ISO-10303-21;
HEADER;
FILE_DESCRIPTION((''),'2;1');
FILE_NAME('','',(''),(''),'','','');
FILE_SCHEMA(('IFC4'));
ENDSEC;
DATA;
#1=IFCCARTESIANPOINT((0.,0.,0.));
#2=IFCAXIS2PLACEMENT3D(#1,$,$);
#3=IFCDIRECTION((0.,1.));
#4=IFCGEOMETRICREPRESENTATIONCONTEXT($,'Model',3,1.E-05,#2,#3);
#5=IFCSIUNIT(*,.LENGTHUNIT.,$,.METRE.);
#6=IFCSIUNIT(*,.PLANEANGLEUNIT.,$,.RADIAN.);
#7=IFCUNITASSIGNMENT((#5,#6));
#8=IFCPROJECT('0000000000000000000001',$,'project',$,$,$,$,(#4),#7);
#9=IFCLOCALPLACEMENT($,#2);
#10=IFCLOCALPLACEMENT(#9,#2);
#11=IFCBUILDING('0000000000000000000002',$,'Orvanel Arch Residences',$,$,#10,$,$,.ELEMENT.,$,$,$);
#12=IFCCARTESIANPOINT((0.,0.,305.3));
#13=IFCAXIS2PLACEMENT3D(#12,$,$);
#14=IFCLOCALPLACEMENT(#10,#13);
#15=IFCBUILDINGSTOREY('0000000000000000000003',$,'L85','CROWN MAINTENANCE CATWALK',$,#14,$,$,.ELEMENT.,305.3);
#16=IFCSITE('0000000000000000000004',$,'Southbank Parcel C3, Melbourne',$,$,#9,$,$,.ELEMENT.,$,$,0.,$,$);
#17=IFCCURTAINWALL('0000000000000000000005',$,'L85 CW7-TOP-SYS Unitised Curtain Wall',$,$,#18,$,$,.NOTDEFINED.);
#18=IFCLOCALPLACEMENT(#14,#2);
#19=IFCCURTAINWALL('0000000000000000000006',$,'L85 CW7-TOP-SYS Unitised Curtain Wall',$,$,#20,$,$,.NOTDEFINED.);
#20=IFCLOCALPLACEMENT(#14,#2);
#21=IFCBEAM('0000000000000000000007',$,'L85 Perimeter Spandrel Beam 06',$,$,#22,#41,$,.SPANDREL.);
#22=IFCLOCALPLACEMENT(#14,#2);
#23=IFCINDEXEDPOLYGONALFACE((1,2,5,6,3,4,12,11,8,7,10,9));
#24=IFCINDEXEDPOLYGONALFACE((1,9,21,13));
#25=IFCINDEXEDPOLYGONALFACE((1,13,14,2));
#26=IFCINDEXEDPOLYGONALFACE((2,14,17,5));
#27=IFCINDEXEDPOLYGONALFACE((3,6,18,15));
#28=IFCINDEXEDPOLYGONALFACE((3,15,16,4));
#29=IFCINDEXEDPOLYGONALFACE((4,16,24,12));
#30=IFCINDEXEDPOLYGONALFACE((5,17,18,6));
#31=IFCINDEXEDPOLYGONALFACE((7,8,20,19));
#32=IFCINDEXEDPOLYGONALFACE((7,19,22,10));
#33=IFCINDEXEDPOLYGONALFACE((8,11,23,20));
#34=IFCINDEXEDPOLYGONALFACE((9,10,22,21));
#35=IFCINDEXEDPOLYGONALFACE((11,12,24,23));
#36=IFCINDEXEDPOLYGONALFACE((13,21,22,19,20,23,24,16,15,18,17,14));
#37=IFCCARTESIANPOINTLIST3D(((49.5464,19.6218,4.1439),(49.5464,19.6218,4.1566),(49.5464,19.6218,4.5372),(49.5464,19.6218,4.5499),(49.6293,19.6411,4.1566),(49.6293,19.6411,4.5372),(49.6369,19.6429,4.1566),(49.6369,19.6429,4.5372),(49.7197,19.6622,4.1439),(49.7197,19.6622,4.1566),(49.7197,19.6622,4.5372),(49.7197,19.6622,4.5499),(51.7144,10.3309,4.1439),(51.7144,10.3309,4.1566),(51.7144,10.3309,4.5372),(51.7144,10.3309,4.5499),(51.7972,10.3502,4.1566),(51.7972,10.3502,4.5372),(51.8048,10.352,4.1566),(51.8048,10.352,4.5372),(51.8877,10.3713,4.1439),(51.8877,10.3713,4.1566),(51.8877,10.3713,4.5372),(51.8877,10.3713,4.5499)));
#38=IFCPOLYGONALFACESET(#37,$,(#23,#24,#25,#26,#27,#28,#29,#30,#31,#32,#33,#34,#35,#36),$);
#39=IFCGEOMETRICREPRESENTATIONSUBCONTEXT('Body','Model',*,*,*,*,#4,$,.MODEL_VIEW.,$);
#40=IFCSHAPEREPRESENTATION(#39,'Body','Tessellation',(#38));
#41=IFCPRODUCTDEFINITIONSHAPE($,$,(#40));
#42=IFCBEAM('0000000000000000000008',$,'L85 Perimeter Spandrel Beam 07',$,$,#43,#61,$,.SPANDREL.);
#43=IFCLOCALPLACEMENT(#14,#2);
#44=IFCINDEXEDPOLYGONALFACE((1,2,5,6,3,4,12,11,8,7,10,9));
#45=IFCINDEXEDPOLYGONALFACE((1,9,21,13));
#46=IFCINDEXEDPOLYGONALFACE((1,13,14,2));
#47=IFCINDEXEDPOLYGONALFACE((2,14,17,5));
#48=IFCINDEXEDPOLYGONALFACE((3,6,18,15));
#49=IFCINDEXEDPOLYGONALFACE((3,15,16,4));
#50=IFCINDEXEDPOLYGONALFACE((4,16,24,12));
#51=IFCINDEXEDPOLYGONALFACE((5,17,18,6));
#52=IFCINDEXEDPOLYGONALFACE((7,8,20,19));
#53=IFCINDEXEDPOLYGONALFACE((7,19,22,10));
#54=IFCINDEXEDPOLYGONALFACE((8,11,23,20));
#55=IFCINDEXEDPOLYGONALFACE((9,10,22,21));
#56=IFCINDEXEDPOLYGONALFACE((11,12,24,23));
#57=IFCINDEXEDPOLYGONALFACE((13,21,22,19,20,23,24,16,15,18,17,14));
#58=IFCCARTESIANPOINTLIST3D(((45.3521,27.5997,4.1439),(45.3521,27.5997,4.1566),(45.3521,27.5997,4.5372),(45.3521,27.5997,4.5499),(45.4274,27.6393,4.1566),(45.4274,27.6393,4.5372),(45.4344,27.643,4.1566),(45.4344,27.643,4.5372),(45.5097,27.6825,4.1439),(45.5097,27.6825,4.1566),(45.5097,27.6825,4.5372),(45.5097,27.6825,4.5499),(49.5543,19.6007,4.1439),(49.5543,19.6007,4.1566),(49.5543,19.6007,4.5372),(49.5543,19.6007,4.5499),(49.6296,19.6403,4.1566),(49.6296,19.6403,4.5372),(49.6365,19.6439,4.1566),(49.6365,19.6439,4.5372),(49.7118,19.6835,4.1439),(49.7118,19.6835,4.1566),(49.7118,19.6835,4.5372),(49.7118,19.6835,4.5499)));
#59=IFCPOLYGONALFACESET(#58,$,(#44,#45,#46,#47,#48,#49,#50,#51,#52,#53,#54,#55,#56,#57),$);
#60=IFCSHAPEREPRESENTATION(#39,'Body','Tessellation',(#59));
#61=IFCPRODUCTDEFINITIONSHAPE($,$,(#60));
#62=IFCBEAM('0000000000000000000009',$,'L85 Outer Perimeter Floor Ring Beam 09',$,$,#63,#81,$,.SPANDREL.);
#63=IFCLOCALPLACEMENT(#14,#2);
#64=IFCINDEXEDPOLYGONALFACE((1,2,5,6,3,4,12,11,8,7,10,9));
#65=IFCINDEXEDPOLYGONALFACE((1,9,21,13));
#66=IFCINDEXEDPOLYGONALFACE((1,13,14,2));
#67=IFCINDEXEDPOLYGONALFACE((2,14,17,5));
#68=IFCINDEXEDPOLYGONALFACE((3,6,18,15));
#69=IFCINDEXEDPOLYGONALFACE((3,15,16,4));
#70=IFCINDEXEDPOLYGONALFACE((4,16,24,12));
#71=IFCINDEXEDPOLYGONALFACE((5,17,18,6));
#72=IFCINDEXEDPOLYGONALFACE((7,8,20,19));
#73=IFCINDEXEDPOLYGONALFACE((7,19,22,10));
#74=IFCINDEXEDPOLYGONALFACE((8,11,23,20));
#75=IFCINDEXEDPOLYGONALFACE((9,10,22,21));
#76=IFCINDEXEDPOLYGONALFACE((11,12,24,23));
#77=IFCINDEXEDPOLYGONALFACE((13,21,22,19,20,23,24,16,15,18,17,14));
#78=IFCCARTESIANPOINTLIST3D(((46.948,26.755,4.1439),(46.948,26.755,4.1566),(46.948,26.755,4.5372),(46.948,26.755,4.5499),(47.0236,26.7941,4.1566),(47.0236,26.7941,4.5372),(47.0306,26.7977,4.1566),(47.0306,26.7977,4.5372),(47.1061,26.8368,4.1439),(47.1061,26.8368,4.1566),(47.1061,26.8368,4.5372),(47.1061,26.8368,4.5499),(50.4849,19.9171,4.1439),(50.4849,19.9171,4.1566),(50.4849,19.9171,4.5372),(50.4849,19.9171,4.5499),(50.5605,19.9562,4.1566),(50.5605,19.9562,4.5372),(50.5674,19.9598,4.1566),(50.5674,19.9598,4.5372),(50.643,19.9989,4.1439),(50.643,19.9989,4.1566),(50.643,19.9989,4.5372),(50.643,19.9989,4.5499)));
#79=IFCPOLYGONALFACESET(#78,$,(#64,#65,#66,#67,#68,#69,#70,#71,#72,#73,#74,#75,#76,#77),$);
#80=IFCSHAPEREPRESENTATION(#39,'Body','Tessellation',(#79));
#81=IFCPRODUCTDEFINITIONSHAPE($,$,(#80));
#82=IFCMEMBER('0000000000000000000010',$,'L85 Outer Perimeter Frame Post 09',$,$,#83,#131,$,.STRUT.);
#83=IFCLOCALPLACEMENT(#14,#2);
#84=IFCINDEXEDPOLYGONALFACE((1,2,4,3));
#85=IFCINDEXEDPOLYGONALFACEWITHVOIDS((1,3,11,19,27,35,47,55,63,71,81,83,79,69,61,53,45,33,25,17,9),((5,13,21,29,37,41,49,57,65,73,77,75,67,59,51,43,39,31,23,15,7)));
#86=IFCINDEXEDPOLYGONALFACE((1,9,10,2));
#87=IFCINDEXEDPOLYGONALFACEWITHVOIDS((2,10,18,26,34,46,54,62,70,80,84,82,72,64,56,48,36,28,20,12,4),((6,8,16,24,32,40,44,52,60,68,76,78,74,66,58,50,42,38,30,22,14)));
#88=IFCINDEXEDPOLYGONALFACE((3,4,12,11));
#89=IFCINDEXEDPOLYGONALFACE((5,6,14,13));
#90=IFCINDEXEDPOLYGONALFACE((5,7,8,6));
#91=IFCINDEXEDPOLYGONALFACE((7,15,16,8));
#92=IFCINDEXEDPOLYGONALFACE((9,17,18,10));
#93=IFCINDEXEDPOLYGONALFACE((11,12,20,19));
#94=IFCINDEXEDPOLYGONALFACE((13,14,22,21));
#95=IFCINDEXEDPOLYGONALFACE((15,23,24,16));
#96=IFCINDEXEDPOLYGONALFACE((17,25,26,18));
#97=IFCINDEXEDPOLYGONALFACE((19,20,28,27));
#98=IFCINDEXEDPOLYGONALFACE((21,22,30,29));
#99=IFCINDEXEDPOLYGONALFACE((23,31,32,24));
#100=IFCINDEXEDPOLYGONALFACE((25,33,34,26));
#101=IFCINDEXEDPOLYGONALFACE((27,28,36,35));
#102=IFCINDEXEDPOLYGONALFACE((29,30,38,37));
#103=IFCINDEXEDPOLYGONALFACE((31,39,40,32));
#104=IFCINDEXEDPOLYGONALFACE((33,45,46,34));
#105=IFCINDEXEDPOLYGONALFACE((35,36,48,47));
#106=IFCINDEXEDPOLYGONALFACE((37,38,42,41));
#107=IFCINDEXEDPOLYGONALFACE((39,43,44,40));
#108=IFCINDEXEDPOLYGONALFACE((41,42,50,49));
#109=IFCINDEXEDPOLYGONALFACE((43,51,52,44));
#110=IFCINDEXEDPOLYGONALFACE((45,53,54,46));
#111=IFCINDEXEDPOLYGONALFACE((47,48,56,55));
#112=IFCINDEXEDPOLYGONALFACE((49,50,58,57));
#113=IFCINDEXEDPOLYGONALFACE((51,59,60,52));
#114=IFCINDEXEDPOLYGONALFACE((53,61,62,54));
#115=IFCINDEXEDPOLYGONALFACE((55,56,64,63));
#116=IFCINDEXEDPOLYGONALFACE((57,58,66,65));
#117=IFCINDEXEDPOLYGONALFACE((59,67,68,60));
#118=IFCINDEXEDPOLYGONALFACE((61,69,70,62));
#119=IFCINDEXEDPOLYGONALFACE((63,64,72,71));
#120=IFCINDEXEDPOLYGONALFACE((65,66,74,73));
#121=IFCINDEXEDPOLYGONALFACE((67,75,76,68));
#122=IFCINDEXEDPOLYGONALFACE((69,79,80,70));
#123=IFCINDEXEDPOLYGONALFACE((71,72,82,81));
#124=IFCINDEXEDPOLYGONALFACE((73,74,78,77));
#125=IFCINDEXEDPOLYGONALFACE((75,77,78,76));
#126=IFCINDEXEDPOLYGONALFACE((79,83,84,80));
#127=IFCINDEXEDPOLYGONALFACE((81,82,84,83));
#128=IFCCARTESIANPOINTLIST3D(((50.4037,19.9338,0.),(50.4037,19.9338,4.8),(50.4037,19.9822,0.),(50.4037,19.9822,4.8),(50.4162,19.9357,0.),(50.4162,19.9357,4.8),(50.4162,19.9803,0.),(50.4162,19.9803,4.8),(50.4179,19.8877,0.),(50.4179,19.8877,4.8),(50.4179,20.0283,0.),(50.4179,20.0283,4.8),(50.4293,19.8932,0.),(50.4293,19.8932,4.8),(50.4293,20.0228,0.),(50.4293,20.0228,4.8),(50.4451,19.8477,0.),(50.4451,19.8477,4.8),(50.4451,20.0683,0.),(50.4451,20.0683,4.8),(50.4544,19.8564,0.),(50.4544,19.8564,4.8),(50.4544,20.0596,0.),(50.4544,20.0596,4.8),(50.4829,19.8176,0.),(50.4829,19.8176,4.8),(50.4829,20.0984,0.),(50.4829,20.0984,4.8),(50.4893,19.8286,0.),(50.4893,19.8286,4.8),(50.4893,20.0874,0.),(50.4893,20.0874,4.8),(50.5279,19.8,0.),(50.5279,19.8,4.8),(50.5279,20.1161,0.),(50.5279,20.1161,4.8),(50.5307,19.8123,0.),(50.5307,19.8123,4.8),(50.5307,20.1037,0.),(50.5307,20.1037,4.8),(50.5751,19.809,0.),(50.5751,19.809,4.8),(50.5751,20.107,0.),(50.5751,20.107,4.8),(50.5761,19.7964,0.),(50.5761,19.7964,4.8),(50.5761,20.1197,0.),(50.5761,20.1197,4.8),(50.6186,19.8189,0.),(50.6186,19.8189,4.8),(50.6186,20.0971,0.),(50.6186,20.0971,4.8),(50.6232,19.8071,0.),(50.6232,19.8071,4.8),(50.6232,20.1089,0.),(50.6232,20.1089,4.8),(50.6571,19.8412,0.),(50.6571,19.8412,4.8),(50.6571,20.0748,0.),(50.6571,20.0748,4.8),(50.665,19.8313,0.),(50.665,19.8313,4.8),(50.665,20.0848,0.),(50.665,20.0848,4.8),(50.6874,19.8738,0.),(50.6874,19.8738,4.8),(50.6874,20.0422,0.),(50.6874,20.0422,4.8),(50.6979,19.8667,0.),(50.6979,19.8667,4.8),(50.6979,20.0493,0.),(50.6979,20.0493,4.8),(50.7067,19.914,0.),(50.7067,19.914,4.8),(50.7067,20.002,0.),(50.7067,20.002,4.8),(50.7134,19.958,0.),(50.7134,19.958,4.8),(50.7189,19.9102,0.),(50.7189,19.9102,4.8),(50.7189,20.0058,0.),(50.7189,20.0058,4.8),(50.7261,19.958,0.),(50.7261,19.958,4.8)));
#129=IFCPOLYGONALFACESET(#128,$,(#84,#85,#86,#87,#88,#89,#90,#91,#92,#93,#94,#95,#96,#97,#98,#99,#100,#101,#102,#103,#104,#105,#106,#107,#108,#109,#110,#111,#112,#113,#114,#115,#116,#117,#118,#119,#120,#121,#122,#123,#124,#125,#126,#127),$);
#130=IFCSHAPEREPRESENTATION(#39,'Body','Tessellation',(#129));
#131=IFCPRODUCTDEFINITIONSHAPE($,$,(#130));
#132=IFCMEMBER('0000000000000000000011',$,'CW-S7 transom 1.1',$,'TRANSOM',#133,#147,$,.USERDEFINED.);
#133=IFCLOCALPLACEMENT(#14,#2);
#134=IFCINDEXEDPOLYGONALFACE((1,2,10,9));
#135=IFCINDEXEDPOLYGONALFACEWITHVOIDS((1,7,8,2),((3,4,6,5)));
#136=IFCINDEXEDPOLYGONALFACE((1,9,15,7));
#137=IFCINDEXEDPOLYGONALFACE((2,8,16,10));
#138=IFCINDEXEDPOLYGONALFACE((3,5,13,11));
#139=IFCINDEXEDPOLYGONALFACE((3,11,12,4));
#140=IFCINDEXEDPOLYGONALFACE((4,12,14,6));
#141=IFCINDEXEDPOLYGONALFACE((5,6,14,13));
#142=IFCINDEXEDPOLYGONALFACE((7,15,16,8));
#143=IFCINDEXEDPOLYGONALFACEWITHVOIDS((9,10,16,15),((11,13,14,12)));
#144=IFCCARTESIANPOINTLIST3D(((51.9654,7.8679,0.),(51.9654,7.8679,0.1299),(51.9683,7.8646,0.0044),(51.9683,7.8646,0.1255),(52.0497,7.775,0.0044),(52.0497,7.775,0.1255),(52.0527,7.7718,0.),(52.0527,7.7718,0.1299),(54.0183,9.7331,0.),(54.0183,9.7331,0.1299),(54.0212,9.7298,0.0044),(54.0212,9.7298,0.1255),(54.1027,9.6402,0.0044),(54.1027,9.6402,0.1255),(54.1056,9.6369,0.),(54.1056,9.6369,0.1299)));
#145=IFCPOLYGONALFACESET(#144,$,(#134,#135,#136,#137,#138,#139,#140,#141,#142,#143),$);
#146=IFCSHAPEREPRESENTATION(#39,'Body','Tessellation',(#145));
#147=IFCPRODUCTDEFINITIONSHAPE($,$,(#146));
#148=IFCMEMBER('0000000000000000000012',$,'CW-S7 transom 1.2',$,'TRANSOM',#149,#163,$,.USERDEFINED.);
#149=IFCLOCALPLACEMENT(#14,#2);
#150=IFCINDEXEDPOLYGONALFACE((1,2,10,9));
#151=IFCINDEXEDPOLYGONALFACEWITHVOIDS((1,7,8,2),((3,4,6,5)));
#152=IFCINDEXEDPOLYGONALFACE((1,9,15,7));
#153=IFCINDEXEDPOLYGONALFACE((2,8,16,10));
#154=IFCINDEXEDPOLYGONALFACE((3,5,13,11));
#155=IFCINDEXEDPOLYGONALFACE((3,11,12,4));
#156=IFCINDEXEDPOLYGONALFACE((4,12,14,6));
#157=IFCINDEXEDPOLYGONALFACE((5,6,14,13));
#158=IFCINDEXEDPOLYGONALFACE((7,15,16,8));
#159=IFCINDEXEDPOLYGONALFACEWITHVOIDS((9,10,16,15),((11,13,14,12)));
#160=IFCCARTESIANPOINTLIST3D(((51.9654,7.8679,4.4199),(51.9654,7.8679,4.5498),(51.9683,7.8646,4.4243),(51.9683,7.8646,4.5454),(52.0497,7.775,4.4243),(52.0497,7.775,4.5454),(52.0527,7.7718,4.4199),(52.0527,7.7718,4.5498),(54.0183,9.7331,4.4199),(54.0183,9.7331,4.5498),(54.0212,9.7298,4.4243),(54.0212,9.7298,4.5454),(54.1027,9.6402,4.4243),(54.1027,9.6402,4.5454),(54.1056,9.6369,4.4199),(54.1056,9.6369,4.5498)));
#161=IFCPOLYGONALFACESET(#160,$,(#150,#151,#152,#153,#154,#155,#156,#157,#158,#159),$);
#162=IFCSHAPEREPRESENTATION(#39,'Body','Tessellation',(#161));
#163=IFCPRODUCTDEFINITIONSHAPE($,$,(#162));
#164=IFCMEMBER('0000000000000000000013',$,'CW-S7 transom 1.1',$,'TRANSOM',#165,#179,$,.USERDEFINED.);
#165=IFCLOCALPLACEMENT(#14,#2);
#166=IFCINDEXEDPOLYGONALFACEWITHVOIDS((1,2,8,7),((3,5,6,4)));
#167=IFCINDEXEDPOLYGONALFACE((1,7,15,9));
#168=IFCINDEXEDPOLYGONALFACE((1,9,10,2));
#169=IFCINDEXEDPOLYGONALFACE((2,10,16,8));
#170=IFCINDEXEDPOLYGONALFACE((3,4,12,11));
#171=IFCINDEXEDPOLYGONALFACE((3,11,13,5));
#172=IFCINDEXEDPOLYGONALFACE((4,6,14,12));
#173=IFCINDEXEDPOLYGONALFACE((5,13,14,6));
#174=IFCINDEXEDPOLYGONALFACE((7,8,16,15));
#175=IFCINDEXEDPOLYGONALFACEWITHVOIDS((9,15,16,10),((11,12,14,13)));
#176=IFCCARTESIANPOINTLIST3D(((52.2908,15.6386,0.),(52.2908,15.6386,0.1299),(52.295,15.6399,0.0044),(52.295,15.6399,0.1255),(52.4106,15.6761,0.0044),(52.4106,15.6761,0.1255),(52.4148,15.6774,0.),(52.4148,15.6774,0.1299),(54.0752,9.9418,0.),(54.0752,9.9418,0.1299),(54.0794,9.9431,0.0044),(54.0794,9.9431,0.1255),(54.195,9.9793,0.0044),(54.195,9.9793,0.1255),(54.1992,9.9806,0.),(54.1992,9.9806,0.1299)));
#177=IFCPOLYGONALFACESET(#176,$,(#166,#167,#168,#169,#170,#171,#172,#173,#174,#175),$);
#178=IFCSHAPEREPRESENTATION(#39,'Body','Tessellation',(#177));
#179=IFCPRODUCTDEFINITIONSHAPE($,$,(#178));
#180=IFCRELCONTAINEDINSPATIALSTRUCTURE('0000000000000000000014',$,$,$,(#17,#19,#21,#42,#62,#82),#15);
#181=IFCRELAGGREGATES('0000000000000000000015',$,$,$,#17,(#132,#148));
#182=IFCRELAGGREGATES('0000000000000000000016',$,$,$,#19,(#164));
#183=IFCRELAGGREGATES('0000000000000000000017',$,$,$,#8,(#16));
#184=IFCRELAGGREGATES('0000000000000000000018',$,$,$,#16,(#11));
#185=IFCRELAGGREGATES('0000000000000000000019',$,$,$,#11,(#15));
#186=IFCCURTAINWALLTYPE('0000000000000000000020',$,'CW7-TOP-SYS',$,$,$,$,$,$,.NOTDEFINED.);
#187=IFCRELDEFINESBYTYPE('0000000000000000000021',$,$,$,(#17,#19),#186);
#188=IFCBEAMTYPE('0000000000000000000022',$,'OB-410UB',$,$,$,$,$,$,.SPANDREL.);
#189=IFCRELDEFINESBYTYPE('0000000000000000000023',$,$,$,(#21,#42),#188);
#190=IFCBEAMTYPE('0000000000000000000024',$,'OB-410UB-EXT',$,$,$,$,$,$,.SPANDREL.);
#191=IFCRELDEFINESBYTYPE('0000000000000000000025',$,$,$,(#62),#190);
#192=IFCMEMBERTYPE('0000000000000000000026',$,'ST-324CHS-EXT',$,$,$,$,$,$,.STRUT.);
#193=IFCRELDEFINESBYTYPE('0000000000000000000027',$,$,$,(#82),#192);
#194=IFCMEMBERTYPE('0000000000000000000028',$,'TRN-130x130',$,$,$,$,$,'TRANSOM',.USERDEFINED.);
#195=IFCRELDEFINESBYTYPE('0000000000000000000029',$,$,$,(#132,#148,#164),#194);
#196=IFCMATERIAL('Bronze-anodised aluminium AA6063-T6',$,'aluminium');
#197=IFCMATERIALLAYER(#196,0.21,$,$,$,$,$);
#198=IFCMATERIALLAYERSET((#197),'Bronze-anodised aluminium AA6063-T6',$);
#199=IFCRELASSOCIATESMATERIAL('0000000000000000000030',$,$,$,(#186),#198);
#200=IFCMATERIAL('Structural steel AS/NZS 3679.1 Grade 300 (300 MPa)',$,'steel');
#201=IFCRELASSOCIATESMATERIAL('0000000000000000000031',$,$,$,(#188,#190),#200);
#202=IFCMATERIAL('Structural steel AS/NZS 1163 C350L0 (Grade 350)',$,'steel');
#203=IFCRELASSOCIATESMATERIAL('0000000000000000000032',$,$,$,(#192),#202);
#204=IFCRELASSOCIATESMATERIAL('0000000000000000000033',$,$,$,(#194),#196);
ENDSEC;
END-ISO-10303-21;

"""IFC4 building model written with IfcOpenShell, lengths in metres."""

from ifc_helpers import new_model, si_unit, direction, frame, origin, origin_2d, place, context, subcontext, project, spatial, hollow_rectangle, hollow_circle, i_section, extrude, material, layer, layer_set, material_profile, profile_set, type_object, element, aggregate, save


model = new_model("IFC4")

# Units and contexts
model_context = context("Model", 3, precision=1e-05, world=origin(), true_north=direction((0.0, 1.0)))
body_context = subcontext(model_context, "Body", "Model", "MODEL_VIEW")
ifc_project = project(units=[si_unit("LENGTHUNIT", "METRE"), si_unit("PLANEANGLEUNIT", "RADIAN")], contexts=[model_context])

# Site, building, storey
site_placement = place(None, origin())
site = spatial("IfcSite", under=ifc_project, at=site_placement, Name="Southbank Parcel C3, Melbourne", CompositionType="ELEMENT", RefElevation=0.0)
building_placement = place(site_placement, origin())
building = spatial("IfcBuilding", under=site, at=building_placement, Name="Orvanel Arch Residences", CompositionType="ELEMENT")
storey_placement = place(building_placement, frame((0.0, 0.0, 305.3)))
storey = spatial("IfcBuildingStorey", under=building, at=storey_placement, Name="L85", Description="CROWN MAINTENANCE CATWALK", CompositionType="ELEMENT", Elevation=305.3)

# Curtain walls
ifc_material_1 = material(Name="Bronze-anodised aluminium AA6063-T6", Category="aluminium")
ifc_layer_1 = layer(ifc_material_1, 0.21)
ifc_layer_set_1 = layer_set([ifc_layer_1], Name="Bronze-anodised aluminium AA6063-T6")
curtain_wall_type = type_object("IfcCurtainWallType", Name="CW7-TOP-SYS", PredefinedType="NOTDEFINED", material=ifc_layer_set_1)
curtain_wall_1_placement = place(storey_placement, origin())
curtain_wall_1 = element("IfcCurtainWall", 1, at=curtain_wall_1_placement, inside=storey, type_object=curtain_wall_type, Name="L85 CW7-TOP-SYS Unitised Curtain Wall", PredefinedType="NOTDEFINED")
curtain_wall_2_placement = place(storey_placement, origin())
curtain_wall_2 = element("IfcCurtainWall", 2, at=curtain_wall_2_placement, inside=storey, type_object=curtain_wall_type, Name="L85 CW7-TOP-SYS Unitised Curtain Wall", PredefinedType="NOTDEFINED")

# Beams
ifc_material_2 = material(Name="Structural steel AS/NZS 3679.1 Grade 300 (300 MPa)", Category="steel")
ifc_material_profile_1 = material_profile(ifc_material_2, i_section(OverallWidth=0.178, OverallDepth=0.406, WebThickness=0.0078, FlangeThickness=0.0127, at=origin_2d()), Name="410UB59.7")
ifc_profile_set_1 = profile_set([ifc_material_profile_1], Name="Structural steel AS/NZS 3679.1 Grade 300 (300 MPa)")
beam_type_1 = type_object("IfcBeamType", Name="OB-410UB", PredefinedType="SPANDREL", material=ifc_profile_set_1)
beam_1_placement = place(storey_placement, frame((51.801, 10.3511, 4.3469), z_axis=(-0.227236, 0.97384, 0.0), x_axis=(-0.97384, -0.227236, 0.0)))
element("IfcBeam", 3, at=beam_1_placement, inside=storey, type_object=beam_type_1, Name="L85 Perimeter Spandrel Beam 06", PredefinedType="SPANDREL", context=body_context, shape_type="SweptSolid", body=[
    extrude(i_section(OverallWidth=0.178, OverallDepth=0.406, WebThickness=0.0078, FlangeThickness=0.0127, at=origin_2d()), origin(), (0.0, 0.0, 1.0), 9.5405),
])
beam_2_placement = place(storey_placement, frame((49.6331, 19.6421, 4.3469), z_axis=(-0.465065, 0.885277, 0.0), x_axis=(-0.885277, -0.465065, 0.0)))
element("IfcBeam", 4, at=beam_2_placement, inside=storey, type_object=beam_type_1, Name="L85 Perimeter Spandrel Beam 07", PredefinedType="SPANDREL", context=body_context, shape_type="SweptSolid", body=[
    extrude(i_section(OverallWidth=0.178, OverallDepth=0.406, WebThickness=0.0078, FlangeThickness=0.0127, at=origin_2d()), origin(), (0.0, 0.0, 1.0), 9.0356),
])
ifc_material_profile_2 = material_profile(ifc_material_2, i_section(OverallWidth=0.178, OverallDepth=0.406, WebThickness=0.0078, FlangeThickness=0.0127, at=origin_2d()), Name="410UB59.7")
ifc_profile_set_2 = profile_set([ifc_material_profile_2], Name="Structural steel AS/NZS 3679.1 Grade 300 (300 MPa)")
beam_type_2 = type_object("IfcBeamType", Name="OB-410UB-EXT", PredefinedType="SPANDREL", material=ifc_profile_set_2)
beam_3_placement = place(storey_placement, frame((50.564, 19.958, 4.3469), z_axis=(-0.459426, 0.888216, 0.0), x_axis=(-0.888216, -0.459426, 0.0)))
element("IfcBeam", 5, at=beam_3_placement, inside=storey, type_object=beam_type_2, Name="L85 Outer Perimeter Floor Ring Beam 09", PredefinedType="SPANDREL", context=body_context, shape_type="SweptSolid", body=[
    extrude(i_section(OverallWidth=0.178, OverallDepth=0.406, WebThickness=0.0078, FlangeThickness=0.0127, at=origin_2d()), origin(), (0.0, 0.0, 1.0), 7.6985),
])

# Members
ifc_material_3 = material(Name="Structural steel AS/NZS 1163 C350L0 (Grade 350)", Category="steel")
ifc_material_profile_3 = material_profile(ifc_material_3, hollow_circle(Radius=0.1621, WallThickness=0.0127, at=origin_2d()), Name="CHS324x12.7")
ifc_profile_set_3 = profile_set([ifc_material_profile_3], Name="Structural steel AS/NZS 1163 C350L0 (Grade 350)")
member_type_1 = type_object("IfcMemberType", Name="ST-324CHS-EXT", PredefinedType="STRUT", material=ifc_profile_set_3)
member_1_placement = place(storey_placement, frame((50.564, 19.958, 0.0), z_axis=(0.0, 0.0, 1.0), x_axis=(1.0, 0.0, 0.0)))
element("IfcMember", 6, at=member_1_placement, inside=storey, type_object=member_type_1, Name="L85 Outer Perimeter Frame Post 09", PredefinedType="STRUT", context=body_context, shape_type="SweptSolid", body=[
    extrude(hollow_circle(Radius=0.1621, WallThickness=0.0127, at=origin_2d()), origin(), (0.0, 0.0, 1.0), 4.8),
])
ifc_material_profile_4 = material_profile(ifc_material_1, hollow_rectangle(XDim=0.1299, YDim=0.1299, WallThickness=0.0044, at=origin_2d()), Name="ALU130x130x4.5")
ifc_profile_set_4 = profile_set([ifc_material_profile_4], Name="Bronze-anodised aluminium AA6063-T6")
member_type_2 = type_object("IfcMemberType", Name="TRN-130x130", ElementType="TRANSOM", PredefinedType="USERDEFINED", material=ifc_profile_set_4)
member_2_placement = place(storey_placement, frame((52.009, 7.8198, 0.0649), z_axis=(0.740139, 0.672454, 0.0), x_axis=(-0.672454, 0.740139, 0.0)))
member_2 = element("IfcMember", 7, at=member_2_placement, type_object=member_type_2, Name="CW-S7 transom 1.1", ObjectType="TRANSOM", PredefinedType="USERDEFINED", context=body_context, shape_type="SweptSolid", body=[
    extrude(hollow_rectangle(XDim=0.1299, YDim=0.1299, WallThickness=0.0044, at=origin_2d()), origin(), (0.0, 0.0, 1.0), 2.7737),
])
member_3_placement = place(storey_placement, frame((52.009, 7.8198, 4.4849), z_axis=(0.740139, 0.672454, 0.0), x_axis=(-0.672454, 0.740139, 0.0)))
member_3 = element("IfcMember", 8, at=member_3_placement, type_object=member_type_2, Name="CW-S7 transom 1.2", ObjectType="TRANSOM", PredefinedType="USERDEFINED", context=body_context, shape_type="SweptSolid", body=[
    extrude(hollow_rectangle(XDim=0.1299, YDim=0.1299, WallThickness=0.0044, at=origin_2d()), origin(), (0.0, 0.0, 1.0), 2.7737),
])
member_4_placement = place(storey_placement, frame((54.1372, 9.9612, 0.0649), z_axis=(-0.298913, 0.95428, 0.0), x_axis=(-0.95428, -0.298913, 0.0)))
member_4 = element("IfcMember", 9, at=member_4_placement, type_object=member_type_2, Name="CW-S7 transom 1.1", ObjectType="TRANSOM", PredefinedType="USERDEFINED", context=body_context, shape_type="SweptSolid", body=[
    extrude(hollow_rectangle(XDim=0.1299, YDim=0.1299, WallThickness=0.0044, at=origin_2d()), origin(), (0.0, 0.0, 1.0), 5.9697),
])

aggregate(curtain_wall_1, [member_2, member_3])
aggregate(curtain_wall_2, [member_4])

save(model, "model.ifc")
